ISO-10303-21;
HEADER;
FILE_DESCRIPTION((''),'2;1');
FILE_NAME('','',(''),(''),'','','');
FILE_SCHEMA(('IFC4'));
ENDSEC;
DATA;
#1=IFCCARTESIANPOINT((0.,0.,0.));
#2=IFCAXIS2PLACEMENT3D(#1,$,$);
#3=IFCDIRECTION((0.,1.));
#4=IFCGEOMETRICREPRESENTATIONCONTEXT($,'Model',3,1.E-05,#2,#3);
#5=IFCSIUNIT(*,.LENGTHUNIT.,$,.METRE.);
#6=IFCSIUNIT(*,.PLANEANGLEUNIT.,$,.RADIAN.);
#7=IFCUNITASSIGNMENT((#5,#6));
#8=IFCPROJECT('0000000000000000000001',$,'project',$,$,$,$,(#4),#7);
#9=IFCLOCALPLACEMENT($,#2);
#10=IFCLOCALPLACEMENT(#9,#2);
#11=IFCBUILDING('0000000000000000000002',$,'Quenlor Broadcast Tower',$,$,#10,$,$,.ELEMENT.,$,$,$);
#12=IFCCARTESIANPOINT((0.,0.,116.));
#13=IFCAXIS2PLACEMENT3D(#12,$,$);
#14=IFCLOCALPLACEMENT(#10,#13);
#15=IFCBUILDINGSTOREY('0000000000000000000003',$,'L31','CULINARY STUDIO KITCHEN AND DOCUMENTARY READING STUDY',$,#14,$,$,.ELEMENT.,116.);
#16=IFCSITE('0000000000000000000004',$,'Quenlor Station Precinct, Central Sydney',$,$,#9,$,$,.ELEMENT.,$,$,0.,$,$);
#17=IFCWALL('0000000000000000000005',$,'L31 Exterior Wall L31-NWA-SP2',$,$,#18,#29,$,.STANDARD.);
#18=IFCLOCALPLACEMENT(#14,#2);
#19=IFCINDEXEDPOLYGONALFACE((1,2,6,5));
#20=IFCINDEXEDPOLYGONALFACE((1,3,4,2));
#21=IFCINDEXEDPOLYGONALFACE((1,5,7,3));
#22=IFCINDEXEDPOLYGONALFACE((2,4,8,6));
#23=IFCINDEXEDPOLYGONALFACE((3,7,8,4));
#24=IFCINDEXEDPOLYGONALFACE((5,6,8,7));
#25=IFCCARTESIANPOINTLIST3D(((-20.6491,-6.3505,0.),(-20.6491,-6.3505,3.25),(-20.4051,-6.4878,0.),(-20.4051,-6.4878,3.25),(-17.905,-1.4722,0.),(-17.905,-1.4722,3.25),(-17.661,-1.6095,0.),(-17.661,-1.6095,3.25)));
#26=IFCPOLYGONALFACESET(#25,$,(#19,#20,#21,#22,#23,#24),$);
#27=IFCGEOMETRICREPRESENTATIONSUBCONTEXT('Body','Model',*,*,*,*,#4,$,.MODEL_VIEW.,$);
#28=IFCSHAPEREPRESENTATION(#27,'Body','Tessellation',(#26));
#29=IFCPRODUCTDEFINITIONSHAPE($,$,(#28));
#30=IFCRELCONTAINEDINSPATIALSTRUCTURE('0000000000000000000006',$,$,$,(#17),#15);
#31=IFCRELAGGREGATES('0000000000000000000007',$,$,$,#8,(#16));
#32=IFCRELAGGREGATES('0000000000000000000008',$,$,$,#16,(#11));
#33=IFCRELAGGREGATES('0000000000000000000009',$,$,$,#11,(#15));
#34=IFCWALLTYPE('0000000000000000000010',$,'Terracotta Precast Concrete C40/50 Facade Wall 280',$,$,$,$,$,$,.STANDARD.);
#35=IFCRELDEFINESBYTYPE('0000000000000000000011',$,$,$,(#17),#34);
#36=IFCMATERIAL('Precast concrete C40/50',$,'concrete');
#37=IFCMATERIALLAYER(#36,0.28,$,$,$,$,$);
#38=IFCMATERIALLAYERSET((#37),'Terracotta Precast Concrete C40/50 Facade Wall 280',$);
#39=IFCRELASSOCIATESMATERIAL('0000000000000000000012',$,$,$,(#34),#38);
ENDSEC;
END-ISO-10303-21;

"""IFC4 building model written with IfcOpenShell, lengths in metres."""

from ifc_helpers import new_model, si_unit, direction, frame, frame_2d, origin, place, context, subcontext, project, spatial, rectangle, extrude, material, layer, layer_set, type_object, element, save


model = new_model("IFC4")

# Units and contexts
model_context = context("Model", 3, precision=1e-05, world=origin(), true_north=direction((0.0, 1.0)))
body_context = subcontext(model_context, "Body", "Model", "MODEL_VIEW")
ifc_project = project(units=[si_unit("LENGTHUNIT", "METRE"), si_unit("PLANEANGLEUNIT", "RADIAN")], contexts=[model_context])

# Site, building, storey
site_placement = place(None, origin())
site = spatial("IfcSite", under=ifc_project, at=site_placement, Name="Quenlor Station Precinct, Central Sydney", CompositionType="ELEMENT", RefElevation=0.0)
building_placement = place(site_placement, origin())
building = spatial("IfcBuilding", under=site, at=building_placement, Name="Quenlor Broadcast Tower", CompositionType="ELEMENT")
storey_placement = place(building_placement, frame((0.0, 0.0, 116.0)))
storey = spatial("IfcBuildingStorey", under=building, at=storey_placement, Name="L31", Description="CULINARY STUDIO KITCHEN AND DOCUMENTARY READING STUDY", CompositionType="ELEMENT", Elevation=116.0)

# Wall
ifc_material_1 = material(Name="Precast concrete C40/50", Category="concrete")
ifc_layer_1 = layer(ifc_material_1, 0.28)
ifc_layer_set_1 = layer_set([ifc_layer_1], Name="Terracotta Precast Concrete C40/50 Facade Wall 280")
wall_type_1 = type_object("IfcWallType", Name="Terracotta Precast Concrete C40/50 Facade Wall 280", PredefinedType="STANDARD", material=ifc_layer_set_1)
wall_1_placement = place(storey_placement, frame((-20.5271, -6.4192, 0.0), z_axis=(0.0, 0.0, 1.0), x_axis=(0.490265, 0.871573, 0.0)))
element("IfcWall", 1, at=wall_1_placement, inside=storey, type_object=wall_type_1, Name="L31 Exterior Wall L31-NWA-SP2", PredefinedType="STANDARD", context=body_context, shape_type="SweptSolid", body=[
    extrude(rectangle(XDim=5.5972, YDim=0.28, at=frame_2d((2.7986, 0.0))), origin(), (0.0, 0.0, 1.0), 3.25),
])

save(model, "model.ifc")
